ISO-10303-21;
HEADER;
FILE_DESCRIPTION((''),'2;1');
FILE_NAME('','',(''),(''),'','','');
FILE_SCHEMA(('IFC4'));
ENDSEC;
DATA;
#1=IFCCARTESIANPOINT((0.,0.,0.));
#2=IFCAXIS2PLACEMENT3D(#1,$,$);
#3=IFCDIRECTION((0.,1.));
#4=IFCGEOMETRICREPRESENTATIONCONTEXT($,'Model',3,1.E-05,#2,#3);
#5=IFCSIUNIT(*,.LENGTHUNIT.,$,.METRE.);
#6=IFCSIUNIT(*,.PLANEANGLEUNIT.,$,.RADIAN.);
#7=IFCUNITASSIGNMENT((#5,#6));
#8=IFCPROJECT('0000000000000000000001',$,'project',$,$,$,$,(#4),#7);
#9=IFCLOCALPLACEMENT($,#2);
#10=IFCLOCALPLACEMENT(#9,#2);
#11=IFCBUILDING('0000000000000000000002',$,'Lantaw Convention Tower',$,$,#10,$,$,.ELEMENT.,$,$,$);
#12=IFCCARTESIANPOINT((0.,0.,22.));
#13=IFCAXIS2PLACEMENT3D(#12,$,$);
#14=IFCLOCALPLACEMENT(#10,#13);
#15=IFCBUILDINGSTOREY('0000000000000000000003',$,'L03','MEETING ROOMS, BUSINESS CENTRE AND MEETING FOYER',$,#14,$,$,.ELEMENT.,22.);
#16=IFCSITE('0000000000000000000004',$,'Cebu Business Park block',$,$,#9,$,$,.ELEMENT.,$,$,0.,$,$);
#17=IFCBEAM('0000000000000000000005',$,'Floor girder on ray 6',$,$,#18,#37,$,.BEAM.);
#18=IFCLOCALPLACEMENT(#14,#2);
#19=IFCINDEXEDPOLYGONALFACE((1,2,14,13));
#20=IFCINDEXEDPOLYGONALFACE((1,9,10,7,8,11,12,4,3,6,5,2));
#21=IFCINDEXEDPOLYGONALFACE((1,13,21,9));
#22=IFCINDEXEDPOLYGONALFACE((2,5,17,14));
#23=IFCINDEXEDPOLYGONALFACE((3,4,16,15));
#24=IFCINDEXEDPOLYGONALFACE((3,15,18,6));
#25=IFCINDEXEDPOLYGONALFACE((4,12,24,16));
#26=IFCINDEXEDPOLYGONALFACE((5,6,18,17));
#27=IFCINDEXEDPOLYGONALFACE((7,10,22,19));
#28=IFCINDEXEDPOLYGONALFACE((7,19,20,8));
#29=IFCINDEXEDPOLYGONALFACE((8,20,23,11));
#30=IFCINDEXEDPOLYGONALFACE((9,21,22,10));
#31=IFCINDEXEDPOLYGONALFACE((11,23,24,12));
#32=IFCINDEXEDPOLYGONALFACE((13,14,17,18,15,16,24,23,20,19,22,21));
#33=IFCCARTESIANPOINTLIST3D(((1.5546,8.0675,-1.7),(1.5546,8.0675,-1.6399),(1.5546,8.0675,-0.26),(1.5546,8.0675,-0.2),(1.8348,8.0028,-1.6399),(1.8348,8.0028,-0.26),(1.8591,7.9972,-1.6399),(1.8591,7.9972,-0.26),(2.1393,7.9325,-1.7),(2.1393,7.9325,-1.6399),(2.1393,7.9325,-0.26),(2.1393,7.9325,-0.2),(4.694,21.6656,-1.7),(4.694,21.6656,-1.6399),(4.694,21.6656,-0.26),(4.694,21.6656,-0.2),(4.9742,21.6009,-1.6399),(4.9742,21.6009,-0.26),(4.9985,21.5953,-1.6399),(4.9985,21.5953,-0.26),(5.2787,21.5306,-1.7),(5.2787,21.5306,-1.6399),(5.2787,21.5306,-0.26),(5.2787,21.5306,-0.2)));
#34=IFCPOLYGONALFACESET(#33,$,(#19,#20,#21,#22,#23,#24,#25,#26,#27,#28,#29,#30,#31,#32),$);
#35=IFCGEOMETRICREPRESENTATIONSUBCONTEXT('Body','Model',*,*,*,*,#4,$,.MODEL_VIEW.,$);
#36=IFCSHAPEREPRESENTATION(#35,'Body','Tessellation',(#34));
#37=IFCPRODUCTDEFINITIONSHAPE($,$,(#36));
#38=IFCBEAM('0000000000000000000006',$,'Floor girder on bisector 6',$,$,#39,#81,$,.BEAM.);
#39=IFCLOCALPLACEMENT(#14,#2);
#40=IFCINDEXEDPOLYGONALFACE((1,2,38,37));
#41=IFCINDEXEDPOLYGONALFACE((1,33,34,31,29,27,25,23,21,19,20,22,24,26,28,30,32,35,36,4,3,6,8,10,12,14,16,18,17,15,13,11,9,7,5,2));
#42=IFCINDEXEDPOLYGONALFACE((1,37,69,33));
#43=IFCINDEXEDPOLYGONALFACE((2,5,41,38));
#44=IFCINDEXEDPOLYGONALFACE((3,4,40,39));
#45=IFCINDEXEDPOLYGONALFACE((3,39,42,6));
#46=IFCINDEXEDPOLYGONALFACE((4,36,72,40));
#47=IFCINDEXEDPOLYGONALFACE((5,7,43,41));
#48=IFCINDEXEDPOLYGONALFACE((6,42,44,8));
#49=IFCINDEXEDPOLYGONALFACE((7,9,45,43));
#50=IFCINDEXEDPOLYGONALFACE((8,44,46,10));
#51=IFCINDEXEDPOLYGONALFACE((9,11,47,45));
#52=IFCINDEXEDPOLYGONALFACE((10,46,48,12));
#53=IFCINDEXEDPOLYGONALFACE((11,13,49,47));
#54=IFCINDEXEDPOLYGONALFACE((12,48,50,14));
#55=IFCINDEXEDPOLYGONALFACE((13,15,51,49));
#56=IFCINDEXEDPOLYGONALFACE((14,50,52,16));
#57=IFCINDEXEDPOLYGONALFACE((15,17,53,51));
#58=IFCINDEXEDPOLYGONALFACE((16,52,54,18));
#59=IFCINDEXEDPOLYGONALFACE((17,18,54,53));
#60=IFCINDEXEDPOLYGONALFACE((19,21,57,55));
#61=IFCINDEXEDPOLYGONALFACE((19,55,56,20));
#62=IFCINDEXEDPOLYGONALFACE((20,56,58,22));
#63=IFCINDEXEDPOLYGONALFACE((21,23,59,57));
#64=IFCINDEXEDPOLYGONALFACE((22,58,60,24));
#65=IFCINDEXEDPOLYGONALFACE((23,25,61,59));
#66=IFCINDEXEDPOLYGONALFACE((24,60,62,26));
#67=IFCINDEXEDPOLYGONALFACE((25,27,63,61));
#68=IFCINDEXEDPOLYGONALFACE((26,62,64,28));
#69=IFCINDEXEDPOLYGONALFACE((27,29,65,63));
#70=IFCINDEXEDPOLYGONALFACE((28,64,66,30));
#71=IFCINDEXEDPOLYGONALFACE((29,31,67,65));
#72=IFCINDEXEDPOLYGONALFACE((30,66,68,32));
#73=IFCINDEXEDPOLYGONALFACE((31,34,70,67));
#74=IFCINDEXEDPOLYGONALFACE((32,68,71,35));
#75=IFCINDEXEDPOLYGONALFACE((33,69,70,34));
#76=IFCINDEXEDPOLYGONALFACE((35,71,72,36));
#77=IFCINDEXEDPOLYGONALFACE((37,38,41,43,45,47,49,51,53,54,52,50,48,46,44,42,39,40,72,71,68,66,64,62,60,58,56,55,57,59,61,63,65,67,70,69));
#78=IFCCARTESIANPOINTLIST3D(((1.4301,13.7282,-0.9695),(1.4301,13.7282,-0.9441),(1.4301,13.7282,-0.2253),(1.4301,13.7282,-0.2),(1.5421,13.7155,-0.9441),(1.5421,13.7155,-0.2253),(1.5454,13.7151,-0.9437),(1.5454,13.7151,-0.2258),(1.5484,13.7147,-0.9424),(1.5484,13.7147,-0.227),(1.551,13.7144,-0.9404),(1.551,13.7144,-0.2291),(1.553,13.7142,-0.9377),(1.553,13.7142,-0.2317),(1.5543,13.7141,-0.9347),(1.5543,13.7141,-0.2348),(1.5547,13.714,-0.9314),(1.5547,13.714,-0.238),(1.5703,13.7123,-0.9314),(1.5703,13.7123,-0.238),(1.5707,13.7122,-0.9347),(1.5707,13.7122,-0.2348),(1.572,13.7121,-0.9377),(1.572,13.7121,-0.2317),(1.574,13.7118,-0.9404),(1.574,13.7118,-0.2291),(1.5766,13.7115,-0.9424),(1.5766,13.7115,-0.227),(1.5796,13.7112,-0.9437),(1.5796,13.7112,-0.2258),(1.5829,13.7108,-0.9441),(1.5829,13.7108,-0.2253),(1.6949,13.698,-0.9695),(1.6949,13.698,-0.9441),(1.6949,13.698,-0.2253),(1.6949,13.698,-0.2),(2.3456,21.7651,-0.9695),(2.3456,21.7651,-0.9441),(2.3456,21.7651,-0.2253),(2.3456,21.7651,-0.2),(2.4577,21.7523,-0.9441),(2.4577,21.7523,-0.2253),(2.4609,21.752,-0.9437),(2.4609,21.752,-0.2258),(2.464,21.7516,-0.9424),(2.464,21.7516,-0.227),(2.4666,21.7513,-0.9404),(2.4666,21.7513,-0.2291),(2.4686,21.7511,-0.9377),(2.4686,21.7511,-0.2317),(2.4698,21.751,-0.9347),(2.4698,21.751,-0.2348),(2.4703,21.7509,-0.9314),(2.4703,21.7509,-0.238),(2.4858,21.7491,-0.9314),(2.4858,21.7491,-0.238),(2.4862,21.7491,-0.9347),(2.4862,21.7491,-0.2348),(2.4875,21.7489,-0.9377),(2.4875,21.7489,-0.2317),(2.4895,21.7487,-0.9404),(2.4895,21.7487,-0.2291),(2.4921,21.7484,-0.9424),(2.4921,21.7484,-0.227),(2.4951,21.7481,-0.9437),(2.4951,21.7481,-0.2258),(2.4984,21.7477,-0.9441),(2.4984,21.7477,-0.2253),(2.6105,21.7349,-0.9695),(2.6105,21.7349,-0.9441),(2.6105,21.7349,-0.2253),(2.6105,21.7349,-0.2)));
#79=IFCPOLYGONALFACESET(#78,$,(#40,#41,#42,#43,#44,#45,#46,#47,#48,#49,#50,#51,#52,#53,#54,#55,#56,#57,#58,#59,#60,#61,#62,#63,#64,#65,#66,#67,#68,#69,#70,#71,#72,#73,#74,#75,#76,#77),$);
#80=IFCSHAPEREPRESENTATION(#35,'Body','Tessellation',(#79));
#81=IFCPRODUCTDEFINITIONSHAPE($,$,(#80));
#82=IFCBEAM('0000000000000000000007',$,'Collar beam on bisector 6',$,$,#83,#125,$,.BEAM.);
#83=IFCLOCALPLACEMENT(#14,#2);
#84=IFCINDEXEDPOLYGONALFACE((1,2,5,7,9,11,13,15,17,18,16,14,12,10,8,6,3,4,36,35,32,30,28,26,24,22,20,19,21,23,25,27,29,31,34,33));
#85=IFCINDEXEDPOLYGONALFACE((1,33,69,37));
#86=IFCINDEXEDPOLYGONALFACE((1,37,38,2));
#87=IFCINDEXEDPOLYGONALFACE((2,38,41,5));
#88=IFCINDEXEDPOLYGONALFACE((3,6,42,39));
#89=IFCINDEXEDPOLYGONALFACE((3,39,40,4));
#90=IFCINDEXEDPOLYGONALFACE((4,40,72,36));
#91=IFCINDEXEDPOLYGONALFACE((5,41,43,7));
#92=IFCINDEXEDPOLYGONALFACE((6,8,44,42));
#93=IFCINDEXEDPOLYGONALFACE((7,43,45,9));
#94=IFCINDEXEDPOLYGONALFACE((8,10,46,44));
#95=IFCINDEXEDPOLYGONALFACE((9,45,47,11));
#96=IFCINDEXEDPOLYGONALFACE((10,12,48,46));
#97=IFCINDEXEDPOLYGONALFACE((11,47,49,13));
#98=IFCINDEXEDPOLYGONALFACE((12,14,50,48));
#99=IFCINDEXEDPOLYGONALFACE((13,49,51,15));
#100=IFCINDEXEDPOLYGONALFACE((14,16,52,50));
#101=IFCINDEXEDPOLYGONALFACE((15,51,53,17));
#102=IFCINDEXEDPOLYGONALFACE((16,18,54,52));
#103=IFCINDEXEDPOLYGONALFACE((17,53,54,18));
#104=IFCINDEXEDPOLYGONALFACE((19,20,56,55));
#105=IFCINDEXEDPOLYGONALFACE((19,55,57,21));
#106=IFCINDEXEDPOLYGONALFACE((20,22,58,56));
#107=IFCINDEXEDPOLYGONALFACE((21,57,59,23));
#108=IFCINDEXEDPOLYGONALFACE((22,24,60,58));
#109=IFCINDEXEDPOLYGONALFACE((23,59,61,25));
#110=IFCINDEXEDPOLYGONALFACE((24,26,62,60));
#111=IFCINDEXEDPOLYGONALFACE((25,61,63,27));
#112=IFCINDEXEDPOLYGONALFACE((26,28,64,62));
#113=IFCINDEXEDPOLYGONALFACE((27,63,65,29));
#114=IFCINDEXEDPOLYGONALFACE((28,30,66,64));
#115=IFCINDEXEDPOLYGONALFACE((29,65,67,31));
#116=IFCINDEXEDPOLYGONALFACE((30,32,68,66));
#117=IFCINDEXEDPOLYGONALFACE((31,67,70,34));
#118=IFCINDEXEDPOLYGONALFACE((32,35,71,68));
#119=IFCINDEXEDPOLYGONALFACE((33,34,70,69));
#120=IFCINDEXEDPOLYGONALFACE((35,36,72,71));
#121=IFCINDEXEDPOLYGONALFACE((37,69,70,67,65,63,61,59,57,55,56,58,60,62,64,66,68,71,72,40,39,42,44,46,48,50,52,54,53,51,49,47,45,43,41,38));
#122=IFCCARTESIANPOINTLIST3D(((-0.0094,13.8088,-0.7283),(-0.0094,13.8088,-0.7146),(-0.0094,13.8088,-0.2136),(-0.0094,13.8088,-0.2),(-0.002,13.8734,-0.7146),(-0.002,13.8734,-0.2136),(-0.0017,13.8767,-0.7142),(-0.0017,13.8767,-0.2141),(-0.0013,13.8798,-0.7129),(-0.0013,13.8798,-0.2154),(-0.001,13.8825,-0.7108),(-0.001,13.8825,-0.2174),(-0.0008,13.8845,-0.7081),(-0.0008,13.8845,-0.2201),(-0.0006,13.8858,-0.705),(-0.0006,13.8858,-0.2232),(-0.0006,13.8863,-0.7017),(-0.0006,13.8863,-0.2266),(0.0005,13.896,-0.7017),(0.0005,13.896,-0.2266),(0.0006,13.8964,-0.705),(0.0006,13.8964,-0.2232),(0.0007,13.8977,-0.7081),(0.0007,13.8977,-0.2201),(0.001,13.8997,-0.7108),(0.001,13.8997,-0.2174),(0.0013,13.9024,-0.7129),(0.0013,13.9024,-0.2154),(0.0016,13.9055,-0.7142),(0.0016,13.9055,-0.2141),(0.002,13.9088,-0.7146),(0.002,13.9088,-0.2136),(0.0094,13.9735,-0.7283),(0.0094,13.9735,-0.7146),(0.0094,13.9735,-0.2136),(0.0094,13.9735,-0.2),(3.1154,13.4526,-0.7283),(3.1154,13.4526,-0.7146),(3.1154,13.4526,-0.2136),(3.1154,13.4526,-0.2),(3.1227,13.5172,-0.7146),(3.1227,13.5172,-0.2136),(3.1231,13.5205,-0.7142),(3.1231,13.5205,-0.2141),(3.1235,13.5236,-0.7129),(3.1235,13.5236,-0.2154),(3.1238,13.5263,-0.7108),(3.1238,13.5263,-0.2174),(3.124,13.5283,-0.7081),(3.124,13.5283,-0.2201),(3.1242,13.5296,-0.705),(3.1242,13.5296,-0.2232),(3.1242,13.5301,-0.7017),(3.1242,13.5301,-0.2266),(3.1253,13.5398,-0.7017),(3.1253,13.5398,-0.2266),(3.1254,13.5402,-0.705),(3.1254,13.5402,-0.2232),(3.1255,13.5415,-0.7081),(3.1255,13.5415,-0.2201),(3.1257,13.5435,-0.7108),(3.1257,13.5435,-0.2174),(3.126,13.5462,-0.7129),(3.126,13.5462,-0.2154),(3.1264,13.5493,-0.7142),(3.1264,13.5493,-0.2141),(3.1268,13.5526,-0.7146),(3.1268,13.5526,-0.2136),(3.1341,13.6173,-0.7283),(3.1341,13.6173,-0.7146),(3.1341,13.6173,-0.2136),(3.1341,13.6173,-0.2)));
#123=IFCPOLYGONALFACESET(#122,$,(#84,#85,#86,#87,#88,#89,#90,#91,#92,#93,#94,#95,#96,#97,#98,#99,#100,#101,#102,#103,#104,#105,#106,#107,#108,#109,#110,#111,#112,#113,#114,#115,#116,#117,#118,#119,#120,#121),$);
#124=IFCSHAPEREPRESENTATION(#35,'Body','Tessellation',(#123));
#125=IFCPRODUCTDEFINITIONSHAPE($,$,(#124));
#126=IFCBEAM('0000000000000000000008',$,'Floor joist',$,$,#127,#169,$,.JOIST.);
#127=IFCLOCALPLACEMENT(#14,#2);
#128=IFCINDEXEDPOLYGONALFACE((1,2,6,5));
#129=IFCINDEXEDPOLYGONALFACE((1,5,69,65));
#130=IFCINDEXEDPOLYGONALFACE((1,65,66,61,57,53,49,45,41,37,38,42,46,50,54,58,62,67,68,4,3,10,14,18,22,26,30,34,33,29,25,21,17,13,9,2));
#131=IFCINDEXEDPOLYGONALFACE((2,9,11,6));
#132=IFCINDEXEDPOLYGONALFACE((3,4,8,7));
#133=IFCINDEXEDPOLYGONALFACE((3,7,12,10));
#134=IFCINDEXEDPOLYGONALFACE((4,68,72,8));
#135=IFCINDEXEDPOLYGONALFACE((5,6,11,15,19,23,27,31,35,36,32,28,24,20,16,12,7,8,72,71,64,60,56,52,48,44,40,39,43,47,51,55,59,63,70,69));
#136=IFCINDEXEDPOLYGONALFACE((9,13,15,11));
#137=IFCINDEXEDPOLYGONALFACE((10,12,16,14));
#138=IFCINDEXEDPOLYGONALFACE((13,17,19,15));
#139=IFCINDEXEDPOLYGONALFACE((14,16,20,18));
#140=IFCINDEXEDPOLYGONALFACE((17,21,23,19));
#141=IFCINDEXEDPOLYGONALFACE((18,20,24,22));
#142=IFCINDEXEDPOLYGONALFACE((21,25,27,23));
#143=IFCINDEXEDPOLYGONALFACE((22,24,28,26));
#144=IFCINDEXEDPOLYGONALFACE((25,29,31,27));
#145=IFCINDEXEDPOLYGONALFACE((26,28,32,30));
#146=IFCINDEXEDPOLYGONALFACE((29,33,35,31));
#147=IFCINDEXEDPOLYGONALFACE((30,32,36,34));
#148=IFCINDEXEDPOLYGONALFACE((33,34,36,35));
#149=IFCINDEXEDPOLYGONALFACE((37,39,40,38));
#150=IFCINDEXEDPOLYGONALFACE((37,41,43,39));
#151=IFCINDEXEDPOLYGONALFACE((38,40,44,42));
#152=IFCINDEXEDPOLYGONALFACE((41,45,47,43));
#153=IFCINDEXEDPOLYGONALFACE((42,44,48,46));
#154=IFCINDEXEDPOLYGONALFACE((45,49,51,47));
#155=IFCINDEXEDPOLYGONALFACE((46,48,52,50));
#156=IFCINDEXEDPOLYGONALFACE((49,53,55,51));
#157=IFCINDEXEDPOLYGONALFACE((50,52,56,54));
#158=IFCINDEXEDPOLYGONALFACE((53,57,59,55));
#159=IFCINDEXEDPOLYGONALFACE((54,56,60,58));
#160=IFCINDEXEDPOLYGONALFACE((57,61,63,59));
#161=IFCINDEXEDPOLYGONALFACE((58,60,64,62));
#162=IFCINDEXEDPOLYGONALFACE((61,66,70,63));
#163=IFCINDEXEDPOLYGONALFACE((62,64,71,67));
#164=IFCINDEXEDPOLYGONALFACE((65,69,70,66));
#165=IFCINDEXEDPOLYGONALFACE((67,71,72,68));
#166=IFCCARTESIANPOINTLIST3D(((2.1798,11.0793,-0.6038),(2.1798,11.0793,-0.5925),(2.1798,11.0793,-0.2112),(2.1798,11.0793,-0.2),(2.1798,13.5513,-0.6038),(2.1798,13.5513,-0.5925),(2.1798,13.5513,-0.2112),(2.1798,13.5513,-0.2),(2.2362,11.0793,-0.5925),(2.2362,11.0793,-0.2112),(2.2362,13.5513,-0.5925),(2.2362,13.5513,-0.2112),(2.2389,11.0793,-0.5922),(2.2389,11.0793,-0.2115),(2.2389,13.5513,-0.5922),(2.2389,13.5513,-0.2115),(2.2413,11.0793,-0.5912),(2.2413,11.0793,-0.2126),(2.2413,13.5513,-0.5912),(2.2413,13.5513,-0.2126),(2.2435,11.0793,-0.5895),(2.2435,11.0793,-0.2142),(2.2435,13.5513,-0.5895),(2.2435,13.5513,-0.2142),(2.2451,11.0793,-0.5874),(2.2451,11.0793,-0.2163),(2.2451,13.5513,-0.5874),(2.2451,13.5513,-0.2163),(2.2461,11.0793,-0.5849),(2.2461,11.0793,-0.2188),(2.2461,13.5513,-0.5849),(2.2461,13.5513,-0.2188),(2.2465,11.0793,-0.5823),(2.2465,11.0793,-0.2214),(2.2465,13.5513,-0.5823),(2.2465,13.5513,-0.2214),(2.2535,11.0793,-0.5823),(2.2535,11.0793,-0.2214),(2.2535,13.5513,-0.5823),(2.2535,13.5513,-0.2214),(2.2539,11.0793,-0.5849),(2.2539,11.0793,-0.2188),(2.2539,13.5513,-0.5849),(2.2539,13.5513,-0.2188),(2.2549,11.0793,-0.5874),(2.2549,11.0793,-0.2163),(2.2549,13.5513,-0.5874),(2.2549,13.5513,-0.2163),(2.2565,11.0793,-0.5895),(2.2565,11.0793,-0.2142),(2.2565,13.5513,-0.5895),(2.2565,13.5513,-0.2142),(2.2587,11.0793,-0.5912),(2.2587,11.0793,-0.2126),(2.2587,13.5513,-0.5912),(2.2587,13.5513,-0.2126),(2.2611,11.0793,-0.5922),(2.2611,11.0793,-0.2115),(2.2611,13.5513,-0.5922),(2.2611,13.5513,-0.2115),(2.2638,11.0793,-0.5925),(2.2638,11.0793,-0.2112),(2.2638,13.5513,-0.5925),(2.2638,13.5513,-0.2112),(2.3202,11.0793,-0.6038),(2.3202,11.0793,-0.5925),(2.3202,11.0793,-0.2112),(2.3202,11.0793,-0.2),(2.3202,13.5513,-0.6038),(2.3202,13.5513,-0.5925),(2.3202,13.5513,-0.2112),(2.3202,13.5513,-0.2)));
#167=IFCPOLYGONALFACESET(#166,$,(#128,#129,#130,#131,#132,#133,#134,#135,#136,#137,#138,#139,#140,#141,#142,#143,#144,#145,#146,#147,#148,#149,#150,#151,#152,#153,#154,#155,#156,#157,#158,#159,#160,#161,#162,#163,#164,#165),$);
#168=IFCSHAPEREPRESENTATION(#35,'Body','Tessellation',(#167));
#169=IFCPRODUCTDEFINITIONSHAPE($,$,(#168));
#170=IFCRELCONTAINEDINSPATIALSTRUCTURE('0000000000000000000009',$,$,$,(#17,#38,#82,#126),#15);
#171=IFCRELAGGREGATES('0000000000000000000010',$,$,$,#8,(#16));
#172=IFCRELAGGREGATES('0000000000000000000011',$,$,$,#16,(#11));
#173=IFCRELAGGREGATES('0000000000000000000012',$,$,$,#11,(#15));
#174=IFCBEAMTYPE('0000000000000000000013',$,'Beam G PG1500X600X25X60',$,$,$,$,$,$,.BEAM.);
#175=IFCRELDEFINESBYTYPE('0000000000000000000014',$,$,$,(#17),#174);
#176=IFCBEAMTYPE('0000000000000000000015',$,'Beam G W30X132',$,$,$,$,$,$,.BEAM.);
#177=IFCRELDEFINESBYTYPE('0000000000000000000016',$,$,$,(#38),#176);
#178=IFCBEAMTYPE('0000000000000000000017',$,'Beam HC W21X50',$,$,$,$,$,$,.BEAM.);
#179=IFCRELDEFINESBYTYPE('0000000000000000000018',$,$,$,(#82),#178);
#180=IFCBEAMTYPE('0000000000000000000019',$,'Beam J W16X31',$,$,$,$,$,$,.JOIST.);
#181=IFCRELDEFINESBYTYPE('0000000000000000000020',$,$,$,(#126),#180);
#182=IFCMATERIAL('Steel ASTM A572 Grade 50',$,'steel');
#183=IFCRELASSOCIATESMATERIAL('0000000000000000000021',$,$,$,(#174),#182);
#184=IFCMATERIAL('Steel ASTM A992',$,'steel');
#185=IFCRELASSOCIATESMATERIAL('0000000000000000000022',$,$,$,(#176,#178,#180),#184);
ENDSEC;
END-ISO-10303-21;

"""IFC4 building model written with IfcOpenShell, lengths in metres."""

from ifc_helpers import new_model, si_unit, direction, frame, origin, origin_2d, place, context, subcontext, project, spatial, i_section, extrude, material, material_profile, profile_set, type_object, element, save


model = new_model("IFC4")

# Units and contexts
model_context = context("Model", 3, precision=1e-05, world=origin(), true_north=direction((0.0, 1.0)))
body_context = subcontext(model_context, "Body", "Model", "MODEL_VIEW")
ifc_project = project(units=[si_unit("LENGTHUNIT", "METRE"), si_unit("PLANEANGLEUNIT", "RADIAN")], contexts=[model_context])

# Site, building, storey
site_placement = place(None, origin())
site = spatial("IfcSite", under=ifc_project, at=site_placement, Name="Cebu Business Park block", CompositionType="ELEMENT", RefElevation=0.0)
building_placement = place(site_placement, origin())
building = spatial("IfcBuilding", under=site, at=building_placement, Name="Lantaw Convention Tower", CompositionType="ELEMENT")
storey_placement = place(building_placement, frame((0.0, 0.0, 22.0)))
storey = spatial("IfcBuildingStorey", under=building, at=storey_placement, Name="L03", Description="MEETING ROOMS, BUSINESS CENTRE AND MEETING FOYER", CompositionType="ELEMENT", Elevation=22.0)

# Beams
ifc_material_1 = material(Name="Steel ASTM A572 Grade 50", Category="steel")
ifc_material_profile_1 = material_profile(ifc_material_1, i_section(OverallWidth=0.6001, OverallDepth=1.5, WebThickness=0.0249, FlangeThickness=0.0601, at=origin_2d()), Name="PG1500X600X25X60")
ifc_profile_set_1 = profile_set([ifc_material_profile_1], Name="Steel ASTM A572 Grade 50")
beam_type_1 = type_object("IfcBeamType", Name="Beam G PG1500X600X25X60", PredefinedType="BEAM", material=ifc_profile_set_1)
beam_1_placement = place(storey_placement, frame((1.8469, 8.0, -0.95), z_axis=(0.224953, 0.97437, 0.0), x_axis=(-0.97437, 0.224953, 0.0)))
element("IfcBeam", 1, at=beam_1_placement, inside=storey, type_object=beam_type_1, Name="Floor girder on ray 6", PredefinedType="BEAM", context=body_context, shape_type="SweptSolid", body=[
    extrude(i_section(OverallWidth=0.6001, OverallDepth=1.5, WebThickness=0.0249, FlangeThickness=0.0601, at=origin_2d()), origin(), (0.0, 0.0, 1.0), 13.9558),
])
ifc_material_2 = material(Name="Steel ASTM A992", Category="steel")
ifc_material_profile_2 = material_profile(ifc_material_2, i_section(OverallWidth=0.2666, OverallDepth=0.7695, WebThickness=0.0156, FlangeThickness=0.0254, FilletRadius=0.0127, at=origin_2d()), Name="W30X132")
ifc_profile_set_2 = profile_set([ifc_material_profile_2], Name="Steel ASTM A992")
beam_type_2 = type_object("IfcBeamType", Name="Beam G W30X132", PredefinedType="BEAM", material=ifc_profile_set_2)
beam_2_placement = place(storey_placement, frame((1.5625, 13.7131, -0.5847), z_axis=(0.113184, 0.993574, 0.0), x_axis=(-0.993574, 0.113184, 0.0)))
element("IfcBeam", 2, at=beam_2_placement, inside=storey, type_object=beam_type_2, Name="Floor girder on bisector 6", PredefinedType="BEAM", context=body_context, shape_type="SweptSolid", body=[
    extrude(i_section(OverallWidth=0.2666, OverallDepth=0.7695, WebThickness=0.0156, FlangeThickness=0.0254, FilletRadius=0.0127, at=origin_2d()), origin(), (0.0, 0.0, 1.0), 8.0889),
])
ifc_material_profile_3 = material_profile(ifc_material_2, i_section(OverallWidth=0.1658, OverallDepth=0.5283, WebThickness=0.0098, FlangeThickness=0.0137, FilletRadius=0.0129, at=origin_2d()), Name="W21X50")
ifc_profile_set_3 = profile_set([ifc_material_profile_3], Name="Steel ASTM A992")
beam_type_3 = type_object("IfcBeamType", Name="Beam HC W21X50", PredefinedType="BEAM", material=ifc_profile_set_3)
beam_3_placement = place(storey_placement, frame((3.1248, 13.5349, -0.4641), z_axis=(-0.993565, 0.11326, 0.0), x_axis=(-0.11326, -0.993565, 0.0)))
element("IfcBeam", 3, at=beam_3_placement, inside=storey, type_object=beam_type_3, Name="Collar beam on bisector 6", PredefinedType="BEAM", context=body_context, shape_type="SweptSolid", body=[
    extrude(i_section(OverallWidth=0.1658, OverallDepth=0.5283, WebThickness=0.0098, FlangeThickness=0.0137, FilletRadius=0.0129, at=origin_2d()), origin(), (0.0, 0.0, 1.0), 3.145),
])
ifc_material_profile_4 = material_profile(ifc_material_2, i_section(OverallWidth=0.1404, OverallDepth=0.4038, WebThickness=0.0071, FlangeThickness=0.0112, FilletRadius=0.0103, at=origin_2d()), Name="W16X31")
ifc_profile_set_4 = profile_set([ifc_material_profile_4], Name="Steel ASTM A992")
beam_type_4 = type_object("IfcBeamType", Name="Beam J W16X31", PredefinedType="JOIST", material=ifc_profile_set_4)
beam_4_placement = place(storey_placement, frame((2.25, 11.0793, -0.4019), z_axis=(0.0, 1.0, 0.0), x_axis=(-1.0, 0.0, 0.0)))
element("IfcBeam", 4, at=beam_4_placement, inside=storey, type_object=beam_type_4, Name="Floor joist", PredefinedType="JOIST", context=body_context, shape_type="SweptSolid", body=[
    extrude(i_section(OverallWidth=0.1404, OverallDepth=0.4038, WebThickness=0.0071, FlangeThickness=0.0112, FilletRadius=0.0103, at=origin_2d()), origin(), (0.0, 0.0, 1.0), 2.4719),
])

save(model, "model.ifc")
